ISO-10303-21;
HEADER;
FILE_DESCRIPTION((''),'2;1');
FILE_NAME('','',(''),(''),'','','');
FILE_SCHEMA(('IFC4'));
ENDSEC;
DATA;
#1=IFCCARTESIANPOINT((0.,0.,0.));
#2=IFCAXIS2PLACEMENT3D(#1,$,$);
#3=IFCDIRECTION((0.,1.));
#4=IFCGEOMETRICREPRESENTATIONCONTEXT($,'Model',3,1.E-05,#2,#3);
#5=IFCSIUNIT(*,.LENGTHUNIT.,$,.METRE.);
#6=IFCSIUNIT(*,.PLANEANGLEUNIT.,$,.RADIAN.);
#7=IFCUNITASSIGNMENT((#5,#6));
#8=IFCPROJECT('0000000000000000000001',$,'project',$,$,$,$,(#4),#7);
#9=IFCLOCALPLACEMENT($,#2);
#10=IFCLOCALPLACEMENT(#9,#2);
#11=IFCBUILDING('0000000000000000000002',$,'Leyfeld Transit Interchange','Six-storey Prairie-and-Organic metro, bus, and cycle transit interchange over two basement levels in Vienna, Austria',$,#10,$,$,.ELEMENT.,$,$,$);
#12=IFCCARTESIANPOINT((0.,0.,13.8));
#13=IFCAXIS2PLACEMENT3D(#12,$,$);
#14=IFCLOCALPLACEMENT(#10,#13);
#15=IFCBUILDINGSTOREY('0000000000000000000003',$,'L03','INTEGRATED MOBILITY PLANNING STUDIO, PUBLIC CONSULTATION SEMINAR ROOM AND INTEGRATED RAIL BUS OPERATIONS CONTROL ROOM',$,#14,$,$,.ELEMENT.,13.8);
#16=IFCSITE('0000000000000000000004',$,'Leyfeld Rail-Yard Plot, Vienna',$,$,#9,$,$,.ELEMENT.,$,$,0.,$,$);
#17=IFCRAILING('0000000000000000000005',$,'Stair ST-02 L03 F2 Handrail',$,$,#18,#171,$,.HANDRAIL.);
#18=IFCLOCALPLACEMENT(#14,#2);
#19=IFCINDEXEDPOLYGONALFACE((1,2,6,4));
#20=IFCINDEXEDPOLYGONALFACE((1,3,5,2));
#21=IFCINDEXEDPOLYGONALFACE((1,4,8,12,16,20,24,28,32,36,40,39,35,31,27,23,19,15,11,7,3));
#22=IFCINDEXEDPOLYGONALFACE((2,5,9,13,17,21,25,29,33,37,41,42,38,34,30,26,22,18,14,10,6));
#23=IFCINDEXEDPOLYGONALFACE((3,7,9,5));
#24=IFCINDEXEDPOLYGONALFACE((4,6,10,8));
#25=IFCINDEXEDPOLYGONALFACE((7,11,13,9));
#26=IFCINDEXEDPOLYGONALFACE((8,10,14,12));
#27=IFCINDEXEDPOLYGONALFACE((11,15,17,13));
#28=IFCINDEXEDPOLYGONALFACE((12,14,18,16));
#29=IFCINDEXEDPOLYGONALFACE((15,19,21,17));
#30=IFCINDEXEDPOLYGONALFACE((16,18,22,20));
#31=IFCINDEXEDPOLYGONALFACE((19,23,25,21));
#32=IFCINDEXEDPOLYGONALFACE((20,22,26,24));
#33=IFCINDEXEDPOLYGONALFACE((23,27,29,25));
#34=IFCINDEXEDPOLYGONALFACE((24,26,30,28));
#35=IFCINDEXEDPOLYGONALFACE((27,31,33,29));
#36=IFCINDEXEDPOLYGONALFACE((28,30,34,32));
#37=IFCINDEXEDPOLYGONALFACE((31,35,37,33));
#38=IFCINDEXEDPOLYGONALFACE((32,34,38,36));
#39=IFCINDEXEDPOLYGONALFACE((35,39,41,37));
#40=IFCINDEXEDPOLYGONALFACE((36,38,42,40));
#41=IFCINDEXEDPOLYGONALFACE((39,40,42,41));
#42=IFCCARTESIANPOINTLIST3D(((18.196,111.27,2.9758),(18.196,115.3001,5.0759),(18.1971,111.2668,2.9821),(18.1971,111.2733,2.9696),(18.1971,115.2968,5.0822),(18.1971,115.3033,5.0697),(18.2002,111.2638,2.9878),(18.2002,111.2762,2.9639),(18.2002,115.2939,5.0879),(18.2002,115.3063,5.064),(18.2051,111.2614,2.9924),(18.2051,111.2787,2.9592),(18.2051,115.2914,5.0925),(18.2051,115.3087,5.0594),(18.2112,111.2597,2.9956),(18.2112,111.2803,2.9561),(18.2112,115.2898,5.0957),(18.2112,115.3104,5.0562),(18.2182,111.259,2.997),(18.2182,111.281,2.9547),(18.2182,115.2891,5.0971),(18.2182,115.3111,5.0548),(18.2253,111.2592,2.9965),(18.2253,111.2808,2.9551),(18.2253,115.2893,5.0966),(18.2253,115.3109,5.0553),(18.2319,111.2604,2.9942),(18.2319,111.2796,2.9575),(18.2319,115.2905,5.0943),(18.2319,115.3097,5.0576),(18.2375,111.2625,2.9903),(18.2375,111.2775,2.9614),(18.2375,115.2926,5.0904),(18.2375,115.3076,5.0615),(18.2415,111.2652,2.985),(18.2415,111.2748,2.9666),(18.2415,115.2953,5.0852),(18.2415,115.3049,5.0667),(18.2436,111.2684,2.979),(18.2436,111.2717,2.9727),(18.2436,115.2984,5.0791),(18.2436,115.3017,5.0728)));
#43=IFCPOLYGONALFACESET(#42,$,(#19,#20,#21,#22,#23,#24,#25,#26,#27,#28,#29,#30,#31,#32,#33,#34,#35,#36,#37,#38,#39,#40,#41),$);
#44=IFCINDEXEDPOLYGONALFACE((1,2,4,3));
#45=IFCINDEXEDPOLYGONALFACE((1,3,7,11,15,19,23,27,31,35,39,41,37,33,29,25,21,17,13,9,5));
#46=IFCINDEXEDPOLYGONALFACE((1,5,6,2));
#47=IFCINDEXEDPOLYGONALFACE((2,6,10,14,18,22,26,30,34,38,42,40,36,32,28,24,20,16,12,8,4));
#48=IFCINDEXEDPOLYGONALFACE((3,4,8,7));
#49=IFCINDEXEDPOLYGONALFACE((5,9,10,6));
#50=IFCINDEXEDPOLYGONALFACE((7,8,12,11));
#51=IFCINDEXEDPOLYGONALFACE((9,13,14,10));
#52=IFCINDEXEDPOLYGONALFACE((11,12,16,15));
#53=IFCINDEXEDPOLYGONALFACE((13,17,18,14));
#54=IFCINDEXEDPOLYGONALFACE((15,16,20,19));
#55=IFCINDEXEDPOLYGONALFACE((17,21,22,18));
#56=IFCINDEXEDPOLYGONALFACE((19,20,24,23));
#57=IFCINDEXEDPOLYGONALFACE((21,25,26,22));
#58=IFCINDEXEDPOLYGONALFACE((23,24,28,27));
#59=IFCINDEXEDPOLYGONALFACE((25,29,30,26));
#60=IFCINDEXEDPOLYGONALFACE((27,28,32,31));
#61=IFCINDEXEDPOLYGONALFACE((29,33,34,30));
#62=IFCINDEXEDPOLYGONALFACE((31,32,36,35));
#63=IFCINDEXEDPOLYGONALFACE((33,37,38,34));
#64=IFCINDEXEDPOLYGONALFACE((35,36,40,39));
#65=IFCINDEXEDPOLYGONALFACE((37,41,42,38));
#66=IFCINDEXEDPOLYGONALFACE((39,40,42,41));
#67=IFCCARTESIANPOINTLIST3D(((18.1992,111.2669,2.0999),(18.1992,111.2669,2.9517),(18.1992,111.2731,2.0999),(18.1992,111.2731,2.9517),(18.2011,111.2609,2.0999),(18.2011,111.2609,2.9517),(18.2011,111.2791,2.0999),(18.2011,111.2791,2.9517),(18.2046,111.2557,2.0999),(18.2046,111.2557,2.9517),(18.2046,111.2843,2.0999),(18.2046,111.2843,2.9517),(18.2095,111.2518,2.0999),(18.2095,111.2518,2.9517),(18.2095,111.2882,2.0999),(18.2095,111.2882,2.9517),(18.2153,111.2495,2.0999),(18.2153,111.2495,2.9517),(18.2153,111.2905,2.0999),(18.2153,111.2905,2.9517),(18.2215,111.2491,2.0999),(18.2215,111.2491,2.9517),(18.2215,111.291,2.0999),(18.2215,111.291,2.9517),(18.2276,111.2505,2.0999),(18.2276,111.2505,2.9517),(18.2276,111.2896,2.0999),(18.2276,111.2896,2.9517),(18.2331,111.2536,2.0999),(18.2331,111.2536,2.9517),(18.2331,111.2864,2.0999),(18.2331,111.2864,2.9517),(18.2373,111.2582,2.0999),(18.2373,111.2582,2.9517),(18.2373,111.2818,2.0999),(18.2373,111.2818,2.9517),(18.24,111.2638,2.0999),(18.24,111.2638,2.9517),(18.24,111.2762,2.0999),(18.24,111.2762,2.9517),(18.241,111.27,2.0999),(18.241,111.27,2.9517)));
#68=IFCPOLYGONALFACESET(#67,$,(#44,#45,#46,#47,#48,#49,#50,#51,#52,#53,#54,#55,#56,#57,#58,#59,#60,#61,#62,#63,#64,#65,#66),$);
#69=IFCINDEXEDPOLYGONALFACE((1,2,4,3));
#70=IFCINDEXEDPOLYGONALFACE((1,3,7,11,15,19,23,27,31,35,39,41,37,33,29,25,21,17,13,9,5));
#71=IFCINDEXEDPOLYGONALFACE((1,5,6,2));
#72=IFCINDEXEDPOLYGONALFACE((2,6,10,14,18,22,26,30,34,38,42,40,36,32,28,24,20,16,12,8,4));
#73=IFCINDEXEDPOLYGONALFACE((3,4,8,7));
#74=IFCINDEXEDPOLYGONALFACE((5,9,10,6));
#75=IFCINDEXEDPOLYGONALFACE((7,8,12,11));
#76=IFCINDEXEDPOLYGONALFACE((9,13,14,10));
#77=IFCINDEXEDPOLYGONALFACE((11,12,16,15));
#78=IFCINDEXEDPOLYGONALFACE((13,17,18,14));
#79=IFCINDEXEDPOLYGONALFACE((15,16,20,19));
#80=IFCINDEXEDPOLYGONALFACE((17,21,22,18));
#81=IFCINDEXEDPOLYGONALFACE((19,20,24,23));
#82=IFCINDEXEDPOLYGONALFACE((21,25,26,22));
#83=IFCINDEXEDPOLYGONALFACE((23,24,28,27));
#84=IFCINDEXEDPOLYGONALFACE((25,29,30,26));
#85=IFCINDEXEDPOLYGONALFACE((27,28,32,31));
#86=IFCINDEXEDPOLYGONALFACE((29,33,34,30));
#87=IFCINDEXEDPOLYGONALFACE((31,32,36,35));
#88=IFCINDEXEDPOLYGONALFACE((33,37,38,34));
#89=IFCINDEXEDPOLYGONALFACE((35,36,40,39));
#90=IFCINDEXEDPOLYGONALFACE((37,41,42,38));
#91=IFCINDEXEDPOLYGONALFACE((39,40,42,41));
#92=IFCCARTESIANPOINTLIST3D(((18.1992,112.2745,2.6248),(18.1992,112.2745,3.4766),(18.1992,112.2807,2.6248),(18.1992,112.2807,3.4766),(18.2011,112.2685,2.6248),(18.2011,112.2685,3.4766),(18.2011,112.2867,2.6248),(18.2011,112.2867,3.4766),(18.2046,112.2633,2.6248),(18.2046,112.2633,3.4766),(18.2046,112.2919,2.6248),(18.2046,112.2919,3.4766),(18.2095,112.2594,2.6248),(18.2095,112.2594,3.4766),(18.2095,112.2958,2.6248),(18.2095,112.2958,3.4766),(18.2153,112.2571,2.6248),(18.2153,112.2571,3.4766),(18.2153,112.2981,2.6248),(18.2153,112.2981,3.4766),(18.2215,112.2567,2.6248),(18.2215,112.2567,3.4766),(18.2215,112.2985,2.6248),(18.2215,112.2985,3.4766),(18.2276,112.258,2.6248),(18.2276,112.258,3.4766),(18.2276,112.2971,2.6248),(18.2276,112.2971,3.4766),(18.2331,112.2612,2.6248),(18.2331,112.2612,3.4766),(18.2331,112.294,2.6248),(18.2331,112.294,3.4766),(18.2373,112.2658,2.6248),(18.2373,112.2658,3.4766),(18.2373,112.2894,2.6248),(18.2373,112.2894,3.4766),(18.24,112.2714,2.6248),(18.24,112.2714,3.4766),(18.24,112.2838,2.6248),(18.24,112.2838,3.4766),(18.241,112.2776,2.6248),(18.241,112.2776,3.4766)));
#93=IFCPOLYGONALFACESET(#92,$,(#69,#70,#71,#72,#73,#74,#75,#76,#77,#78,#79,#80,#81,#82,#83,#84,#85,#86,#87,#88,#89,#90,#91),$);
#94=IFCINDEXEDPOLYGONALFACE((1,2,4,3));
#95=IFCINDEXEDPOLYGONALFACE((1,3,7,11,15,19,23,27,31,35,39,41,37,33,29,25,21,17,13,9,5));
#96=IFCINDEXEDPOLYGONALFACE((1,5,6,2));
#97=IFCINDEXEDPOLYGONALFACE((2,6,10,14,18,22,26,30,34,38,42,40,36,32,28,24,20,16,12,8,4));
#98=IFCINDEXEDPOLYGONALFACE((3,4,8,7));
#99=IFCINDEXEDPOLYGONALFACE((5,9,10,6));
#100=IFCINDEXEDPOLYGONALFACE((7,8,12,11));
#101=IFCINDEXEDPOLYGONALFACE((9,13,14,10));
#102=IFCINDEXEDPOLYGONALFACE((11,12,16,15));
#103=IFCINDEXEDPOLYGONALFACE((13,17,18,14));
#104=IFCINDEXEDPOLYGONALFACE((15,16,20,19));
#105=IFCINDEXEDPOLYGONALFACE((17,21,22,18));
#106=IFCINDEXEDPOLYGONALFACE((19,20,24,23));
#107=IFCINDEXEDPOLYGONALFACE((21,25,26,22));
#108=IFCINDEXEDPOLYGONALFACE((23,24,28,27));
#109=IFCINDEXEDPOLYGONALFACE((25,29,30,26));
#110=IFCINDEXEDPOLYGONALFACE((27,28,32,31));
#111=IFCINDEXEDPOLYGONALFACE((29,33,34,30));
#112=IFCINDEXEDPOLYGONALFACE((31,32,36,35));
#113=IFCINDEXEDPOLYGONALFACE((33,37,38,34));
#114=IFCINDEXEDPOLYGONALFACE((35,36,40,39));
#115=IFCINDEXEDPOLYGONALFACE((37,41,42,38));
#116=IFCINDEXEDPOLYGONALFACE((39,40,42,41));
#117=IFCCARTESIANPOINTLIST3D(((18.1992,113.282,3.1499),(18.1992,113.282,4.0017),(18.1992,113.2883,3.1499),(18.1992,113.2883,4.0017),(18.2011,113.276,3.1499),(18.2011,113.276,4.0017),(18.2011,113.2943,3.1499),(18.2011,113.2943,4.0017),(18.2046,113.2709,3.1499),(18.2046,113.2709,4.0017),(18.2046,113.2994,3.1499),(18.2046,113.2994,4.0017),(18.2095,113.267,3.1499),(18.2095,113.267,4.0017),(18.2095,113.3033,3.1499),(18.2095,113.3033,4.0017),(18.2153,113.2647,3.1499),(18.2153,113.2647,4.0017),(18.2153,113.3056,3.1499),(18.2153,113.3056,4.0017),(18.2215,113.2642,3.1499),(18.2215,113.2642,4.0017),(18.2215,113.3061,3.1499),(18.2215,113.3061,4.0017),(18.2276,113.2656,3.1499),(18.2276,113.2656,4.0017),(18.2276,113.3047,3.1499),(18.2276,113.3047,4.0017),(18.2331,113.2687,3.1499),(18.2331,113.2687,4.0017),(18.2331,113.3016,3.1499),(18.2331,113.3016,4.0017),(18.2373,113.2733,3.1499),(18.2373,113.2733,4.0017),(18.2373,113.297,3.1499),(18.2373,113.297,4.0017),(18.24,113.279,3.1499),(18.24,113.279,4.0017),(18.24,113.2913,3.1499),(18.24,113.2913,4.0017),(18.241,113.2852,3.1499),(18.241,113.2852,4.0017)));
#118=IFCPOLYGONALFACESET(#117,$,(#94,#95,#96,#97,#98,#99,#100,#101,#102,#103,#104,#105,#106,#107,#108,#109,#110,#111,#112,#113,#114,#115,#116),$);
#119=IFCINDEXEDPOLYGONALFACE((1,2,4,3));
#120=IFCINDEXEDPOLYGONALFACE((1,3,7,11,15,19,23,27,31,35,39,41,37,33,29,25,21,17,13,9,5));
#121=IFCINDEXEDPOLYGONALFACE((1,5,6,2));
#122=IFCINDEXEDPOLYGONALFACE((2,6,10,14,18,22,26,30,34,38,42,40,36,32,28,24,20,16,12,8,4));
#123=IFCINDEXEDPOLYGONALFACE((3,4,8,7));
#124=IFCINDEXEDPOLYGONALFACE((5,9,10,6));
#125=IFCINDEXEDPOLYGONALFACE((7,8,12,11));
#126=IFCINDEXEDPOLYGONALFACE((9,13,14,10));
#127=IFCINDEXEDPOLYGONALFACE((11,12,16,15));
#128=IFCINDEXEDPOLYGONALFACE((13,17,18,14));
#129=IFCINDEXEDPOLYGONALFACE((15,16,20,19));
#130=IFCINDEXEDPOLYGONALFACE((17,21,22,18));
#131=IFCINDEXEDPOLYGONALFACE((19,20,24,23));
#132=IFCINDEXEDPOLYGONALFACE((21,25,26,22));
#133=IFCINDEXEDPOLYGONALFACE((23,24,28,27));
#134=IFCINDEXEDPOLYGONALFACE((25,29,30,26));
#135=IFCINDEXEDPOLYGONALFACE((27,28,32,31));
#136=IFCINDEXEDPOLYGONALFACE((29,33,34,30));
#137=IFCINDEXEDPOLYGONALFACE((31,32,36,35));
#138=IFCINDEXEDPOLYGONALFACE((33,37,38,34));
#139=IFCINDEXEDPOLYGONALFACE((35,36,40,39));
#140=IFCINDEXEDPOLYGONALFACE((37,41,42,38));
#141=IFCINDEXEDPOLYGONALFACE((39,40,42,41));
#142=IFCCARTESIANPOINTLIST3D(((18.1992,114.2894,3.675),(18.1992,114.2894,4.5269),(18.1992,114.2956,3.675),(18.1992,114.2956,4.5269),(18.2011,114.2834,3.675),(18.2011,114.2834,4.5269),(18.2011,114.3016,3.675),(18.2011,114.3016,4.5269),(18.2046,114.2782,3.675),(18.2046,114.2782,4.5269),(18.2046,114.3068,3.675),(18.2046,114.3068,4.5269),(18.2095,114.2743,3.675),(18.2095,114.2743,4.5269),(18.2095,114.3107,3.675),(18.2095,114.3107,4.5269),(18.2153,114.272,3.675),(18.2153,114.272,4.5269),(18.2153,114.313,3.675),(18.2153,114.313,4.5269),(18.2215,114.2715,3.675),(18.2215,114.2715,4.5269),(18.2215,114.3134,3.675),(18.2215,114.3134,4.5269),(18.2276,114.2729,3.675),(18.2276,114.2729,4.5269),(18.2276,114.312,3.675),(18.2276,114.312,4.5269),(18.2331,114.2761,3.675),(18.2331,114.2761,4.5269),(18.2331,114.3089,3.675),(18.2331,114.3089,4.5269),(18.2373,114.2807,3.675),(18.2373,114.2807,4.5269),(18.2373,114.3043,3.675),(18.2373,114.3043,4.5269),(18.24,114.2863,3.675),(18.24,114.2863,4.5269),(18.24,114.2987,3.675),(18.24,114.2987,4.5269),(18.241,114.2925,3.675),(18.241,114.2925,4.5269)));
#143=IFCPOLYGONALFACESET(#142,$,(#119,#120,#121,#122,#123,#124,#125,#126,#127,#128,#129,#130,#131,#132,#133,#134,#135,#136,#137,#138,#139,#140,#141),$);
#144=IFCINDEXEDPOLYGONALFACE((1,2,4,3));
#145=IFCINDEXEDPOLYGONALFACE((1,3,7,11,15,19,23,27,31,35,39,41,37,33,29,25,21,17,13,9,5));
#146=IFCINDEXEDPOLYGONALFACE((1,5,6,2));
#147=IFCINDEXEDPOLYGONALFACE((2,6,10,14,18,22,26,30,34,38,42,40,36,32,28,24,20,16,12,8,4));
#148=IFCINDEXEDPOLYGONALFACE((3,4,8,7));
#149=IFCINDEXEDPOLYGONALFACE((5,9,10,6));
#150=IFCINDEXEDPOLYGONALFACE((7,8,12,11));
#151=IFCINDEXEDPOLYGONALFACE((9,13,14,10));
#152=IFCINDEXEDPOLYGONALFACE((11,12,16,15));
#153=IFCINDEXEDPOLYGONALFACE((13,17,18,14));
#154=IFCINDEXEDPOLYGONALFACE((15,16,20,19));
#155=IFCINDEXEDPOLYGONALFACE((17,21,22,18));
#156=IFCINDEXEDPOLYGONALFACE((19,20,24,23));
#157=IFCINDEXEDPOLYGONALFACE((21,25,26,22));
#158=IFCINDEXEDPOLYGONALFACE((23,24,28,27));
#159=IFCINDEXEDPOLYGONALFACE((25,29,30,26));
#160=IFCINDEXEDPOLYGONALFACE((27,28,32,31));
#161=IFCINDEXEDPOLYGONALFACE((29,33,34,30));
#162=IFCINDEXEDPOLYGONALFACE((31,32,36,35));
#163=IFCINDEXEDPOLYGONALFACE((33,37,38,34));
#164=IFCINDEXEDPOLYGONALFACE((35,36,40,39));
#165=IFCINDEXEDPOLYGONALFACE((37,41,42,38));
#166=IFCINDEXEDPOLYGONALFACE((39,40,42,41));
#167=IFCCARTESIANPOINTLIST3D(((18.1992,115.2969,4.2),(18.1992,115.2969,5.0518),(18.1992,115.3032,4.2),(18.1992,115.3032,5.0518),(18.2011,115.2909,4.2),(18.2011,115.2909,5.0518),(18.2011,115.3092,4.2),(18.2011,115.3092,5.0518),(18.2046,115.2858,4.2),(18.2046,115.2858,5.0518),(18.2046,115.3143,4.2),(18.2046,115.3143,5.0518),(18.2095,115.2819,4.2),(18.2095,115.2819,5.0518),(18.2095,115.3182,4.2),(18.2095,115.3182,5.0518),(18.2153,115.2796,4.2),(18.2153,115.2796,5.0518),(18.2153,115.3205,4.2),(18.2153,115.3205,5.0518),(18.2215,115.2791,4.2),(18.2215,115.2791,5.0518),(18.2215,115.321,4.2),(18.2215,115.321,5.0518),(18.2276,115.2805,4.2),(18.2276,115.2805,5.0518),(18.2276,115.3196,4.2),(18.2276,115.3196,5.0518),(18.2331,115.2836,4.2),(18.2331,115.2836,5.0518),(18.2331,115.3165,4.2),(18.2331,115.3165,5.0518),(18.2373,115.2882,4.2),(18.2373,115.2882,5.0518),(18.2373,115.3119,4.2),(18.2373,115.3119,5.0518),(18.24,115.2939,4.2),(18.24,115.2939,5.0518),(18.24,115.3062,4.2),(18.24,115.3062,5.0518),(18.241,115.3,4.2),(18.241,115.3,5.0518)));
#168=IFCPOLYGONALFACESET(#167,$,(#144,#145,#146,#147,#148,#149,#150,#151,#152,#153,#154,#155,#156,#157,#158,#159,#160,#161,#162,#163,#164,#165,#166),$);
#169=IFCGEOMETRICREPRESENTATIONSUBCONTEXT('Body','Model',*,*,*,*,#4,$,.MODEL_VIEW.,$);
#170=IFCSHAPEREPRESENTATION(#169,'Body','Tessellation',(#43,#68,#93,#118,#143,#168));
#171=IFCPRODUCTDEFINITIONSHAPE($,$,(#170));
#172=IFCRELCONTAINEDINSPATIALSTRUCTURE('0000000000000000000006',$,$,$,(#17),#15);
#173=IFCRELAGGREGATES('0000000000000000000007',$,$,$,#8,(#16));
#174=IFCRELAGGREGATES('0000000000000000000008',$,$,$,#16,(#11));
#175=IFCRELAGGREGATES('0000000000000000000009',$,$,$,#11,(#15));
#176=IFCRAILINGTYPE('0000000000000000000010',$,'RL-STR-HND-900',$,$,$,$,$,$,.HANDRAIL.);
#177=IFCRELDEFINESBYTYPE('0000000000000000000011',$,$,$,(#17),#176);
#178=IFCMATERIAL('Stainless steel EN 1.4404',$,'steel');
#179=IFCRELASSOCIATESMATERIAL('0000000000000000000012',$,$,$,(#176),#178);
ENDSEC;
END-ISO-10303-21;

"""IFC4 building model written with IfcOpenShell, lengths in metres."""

from ifc_helpers import new_model, si_unit, direction, frame, origin, origin_2d, place, context, subcontext, project, spatial, circle, extrude, material, type_object, element, save


model = new_model("IFC4")

# Units and contexts
model_context = context("Model", 3, precision=1e-05, world=origin(), true_north=direction((0.0, 1.0)))
body_context = subcontext(model_context, "Body", "Model", "MODEL_VIEW")
ifc_project = project(units=[si_unit("LENGTHUNIT", "METRE"), si_unit("PLANEANGLEUNIT", "RADIAN")], contexts=[model_context])

# Site, building, storey
site_placement = place(None, origin())
site = spatial("IfcSite", under=ifc_project, at=site_placement, Name="Leyfeld Rail-Yard Plot, Vienna", CompositionType="ELEMENT", RefElevation=0.0)
building_placement = place(site_placement, origin())
building = spatial("IfcBuilding", under=site, at=building_placement, Name="Leyfeld Transit Interchange", Description="Six-storey Prairie-and-Organic metro, bus, and cycle transit interchange over two basement levels in Vienna, Austria", CompositionType="ELEMENT")
storey_placement = place(building_placement, frame((0.0, 0.0, 13.8)))
storey = spatial("IfcBuildingStorey", under=building, at=storey_placement, Name="L03", Description="INTEGRATED MOBILITY PLANNING STUDIO, PUBLIC CONSULTATION SEMINAR ROOM AND INTEGRATED RAIL BUS OPERATIONS CONTROL ROOM", CompositionType="ELEMENT", Elevation=13.8)

# Railing
ifc_material_1 = material(Name="Stainless steel EN 1.4404", Category="steel")
railing_type_1 = type_object("IfcRailingType", Name="RL-STR-HND-900", PredefinedType="HANDRAIL", material=ifc_material_1)
railing_1_placement = place(storey_placement, frame((18.22, 111.27, 2.0999)))
element("IfcRailing", 1, at=railing_1_placement, inside=storey, type_object=railing_type_1, Name="Stair ST-02 L03 F2 Handrail", PredefinedType="HANDRAIL", context=body_context, shape_type="SweptSolid", body=[
    extrude(circle(Radius=0.0239, at=origin_2d()), frame((0.0, 0.0, 0.876), z_axis=(0.0, 0.886813, 0.462129), x_axis=(-1.0, 0.0, 0.0)), (0.0, 0.0, 1.0), 4.5444),
    extrude(circle(Radius=0.021, at=origin_2d()), origin(), (0.0, 0.0, 1.0), 0.8518),
    extrude(circle(Radius=0.021, at=origin_2d()), frame((0.0, 1.0076, 0.5249)), (0.0, 0.0, 1.0), 0.8518),
    extrude(circle(Radius=0.021, at=origin_2d()), frame((0.0, 2.0151, 1.05)), (0.0, 0.0, 1.0), 0.8518),
    extrude(circle(Radius=0.021, at=origin_2d()), frame((0.0, 3.0225, 1.5752)), (0.0, 0.0, 1.0), 0.8518),
    extrude(circle(Radius=0.021, at=origin_2d()), frame((0.0, 4.03, 2.1001)), (0.0, 0.0, 1.0), 0.8518),
])

save(model, "model.ifc")
